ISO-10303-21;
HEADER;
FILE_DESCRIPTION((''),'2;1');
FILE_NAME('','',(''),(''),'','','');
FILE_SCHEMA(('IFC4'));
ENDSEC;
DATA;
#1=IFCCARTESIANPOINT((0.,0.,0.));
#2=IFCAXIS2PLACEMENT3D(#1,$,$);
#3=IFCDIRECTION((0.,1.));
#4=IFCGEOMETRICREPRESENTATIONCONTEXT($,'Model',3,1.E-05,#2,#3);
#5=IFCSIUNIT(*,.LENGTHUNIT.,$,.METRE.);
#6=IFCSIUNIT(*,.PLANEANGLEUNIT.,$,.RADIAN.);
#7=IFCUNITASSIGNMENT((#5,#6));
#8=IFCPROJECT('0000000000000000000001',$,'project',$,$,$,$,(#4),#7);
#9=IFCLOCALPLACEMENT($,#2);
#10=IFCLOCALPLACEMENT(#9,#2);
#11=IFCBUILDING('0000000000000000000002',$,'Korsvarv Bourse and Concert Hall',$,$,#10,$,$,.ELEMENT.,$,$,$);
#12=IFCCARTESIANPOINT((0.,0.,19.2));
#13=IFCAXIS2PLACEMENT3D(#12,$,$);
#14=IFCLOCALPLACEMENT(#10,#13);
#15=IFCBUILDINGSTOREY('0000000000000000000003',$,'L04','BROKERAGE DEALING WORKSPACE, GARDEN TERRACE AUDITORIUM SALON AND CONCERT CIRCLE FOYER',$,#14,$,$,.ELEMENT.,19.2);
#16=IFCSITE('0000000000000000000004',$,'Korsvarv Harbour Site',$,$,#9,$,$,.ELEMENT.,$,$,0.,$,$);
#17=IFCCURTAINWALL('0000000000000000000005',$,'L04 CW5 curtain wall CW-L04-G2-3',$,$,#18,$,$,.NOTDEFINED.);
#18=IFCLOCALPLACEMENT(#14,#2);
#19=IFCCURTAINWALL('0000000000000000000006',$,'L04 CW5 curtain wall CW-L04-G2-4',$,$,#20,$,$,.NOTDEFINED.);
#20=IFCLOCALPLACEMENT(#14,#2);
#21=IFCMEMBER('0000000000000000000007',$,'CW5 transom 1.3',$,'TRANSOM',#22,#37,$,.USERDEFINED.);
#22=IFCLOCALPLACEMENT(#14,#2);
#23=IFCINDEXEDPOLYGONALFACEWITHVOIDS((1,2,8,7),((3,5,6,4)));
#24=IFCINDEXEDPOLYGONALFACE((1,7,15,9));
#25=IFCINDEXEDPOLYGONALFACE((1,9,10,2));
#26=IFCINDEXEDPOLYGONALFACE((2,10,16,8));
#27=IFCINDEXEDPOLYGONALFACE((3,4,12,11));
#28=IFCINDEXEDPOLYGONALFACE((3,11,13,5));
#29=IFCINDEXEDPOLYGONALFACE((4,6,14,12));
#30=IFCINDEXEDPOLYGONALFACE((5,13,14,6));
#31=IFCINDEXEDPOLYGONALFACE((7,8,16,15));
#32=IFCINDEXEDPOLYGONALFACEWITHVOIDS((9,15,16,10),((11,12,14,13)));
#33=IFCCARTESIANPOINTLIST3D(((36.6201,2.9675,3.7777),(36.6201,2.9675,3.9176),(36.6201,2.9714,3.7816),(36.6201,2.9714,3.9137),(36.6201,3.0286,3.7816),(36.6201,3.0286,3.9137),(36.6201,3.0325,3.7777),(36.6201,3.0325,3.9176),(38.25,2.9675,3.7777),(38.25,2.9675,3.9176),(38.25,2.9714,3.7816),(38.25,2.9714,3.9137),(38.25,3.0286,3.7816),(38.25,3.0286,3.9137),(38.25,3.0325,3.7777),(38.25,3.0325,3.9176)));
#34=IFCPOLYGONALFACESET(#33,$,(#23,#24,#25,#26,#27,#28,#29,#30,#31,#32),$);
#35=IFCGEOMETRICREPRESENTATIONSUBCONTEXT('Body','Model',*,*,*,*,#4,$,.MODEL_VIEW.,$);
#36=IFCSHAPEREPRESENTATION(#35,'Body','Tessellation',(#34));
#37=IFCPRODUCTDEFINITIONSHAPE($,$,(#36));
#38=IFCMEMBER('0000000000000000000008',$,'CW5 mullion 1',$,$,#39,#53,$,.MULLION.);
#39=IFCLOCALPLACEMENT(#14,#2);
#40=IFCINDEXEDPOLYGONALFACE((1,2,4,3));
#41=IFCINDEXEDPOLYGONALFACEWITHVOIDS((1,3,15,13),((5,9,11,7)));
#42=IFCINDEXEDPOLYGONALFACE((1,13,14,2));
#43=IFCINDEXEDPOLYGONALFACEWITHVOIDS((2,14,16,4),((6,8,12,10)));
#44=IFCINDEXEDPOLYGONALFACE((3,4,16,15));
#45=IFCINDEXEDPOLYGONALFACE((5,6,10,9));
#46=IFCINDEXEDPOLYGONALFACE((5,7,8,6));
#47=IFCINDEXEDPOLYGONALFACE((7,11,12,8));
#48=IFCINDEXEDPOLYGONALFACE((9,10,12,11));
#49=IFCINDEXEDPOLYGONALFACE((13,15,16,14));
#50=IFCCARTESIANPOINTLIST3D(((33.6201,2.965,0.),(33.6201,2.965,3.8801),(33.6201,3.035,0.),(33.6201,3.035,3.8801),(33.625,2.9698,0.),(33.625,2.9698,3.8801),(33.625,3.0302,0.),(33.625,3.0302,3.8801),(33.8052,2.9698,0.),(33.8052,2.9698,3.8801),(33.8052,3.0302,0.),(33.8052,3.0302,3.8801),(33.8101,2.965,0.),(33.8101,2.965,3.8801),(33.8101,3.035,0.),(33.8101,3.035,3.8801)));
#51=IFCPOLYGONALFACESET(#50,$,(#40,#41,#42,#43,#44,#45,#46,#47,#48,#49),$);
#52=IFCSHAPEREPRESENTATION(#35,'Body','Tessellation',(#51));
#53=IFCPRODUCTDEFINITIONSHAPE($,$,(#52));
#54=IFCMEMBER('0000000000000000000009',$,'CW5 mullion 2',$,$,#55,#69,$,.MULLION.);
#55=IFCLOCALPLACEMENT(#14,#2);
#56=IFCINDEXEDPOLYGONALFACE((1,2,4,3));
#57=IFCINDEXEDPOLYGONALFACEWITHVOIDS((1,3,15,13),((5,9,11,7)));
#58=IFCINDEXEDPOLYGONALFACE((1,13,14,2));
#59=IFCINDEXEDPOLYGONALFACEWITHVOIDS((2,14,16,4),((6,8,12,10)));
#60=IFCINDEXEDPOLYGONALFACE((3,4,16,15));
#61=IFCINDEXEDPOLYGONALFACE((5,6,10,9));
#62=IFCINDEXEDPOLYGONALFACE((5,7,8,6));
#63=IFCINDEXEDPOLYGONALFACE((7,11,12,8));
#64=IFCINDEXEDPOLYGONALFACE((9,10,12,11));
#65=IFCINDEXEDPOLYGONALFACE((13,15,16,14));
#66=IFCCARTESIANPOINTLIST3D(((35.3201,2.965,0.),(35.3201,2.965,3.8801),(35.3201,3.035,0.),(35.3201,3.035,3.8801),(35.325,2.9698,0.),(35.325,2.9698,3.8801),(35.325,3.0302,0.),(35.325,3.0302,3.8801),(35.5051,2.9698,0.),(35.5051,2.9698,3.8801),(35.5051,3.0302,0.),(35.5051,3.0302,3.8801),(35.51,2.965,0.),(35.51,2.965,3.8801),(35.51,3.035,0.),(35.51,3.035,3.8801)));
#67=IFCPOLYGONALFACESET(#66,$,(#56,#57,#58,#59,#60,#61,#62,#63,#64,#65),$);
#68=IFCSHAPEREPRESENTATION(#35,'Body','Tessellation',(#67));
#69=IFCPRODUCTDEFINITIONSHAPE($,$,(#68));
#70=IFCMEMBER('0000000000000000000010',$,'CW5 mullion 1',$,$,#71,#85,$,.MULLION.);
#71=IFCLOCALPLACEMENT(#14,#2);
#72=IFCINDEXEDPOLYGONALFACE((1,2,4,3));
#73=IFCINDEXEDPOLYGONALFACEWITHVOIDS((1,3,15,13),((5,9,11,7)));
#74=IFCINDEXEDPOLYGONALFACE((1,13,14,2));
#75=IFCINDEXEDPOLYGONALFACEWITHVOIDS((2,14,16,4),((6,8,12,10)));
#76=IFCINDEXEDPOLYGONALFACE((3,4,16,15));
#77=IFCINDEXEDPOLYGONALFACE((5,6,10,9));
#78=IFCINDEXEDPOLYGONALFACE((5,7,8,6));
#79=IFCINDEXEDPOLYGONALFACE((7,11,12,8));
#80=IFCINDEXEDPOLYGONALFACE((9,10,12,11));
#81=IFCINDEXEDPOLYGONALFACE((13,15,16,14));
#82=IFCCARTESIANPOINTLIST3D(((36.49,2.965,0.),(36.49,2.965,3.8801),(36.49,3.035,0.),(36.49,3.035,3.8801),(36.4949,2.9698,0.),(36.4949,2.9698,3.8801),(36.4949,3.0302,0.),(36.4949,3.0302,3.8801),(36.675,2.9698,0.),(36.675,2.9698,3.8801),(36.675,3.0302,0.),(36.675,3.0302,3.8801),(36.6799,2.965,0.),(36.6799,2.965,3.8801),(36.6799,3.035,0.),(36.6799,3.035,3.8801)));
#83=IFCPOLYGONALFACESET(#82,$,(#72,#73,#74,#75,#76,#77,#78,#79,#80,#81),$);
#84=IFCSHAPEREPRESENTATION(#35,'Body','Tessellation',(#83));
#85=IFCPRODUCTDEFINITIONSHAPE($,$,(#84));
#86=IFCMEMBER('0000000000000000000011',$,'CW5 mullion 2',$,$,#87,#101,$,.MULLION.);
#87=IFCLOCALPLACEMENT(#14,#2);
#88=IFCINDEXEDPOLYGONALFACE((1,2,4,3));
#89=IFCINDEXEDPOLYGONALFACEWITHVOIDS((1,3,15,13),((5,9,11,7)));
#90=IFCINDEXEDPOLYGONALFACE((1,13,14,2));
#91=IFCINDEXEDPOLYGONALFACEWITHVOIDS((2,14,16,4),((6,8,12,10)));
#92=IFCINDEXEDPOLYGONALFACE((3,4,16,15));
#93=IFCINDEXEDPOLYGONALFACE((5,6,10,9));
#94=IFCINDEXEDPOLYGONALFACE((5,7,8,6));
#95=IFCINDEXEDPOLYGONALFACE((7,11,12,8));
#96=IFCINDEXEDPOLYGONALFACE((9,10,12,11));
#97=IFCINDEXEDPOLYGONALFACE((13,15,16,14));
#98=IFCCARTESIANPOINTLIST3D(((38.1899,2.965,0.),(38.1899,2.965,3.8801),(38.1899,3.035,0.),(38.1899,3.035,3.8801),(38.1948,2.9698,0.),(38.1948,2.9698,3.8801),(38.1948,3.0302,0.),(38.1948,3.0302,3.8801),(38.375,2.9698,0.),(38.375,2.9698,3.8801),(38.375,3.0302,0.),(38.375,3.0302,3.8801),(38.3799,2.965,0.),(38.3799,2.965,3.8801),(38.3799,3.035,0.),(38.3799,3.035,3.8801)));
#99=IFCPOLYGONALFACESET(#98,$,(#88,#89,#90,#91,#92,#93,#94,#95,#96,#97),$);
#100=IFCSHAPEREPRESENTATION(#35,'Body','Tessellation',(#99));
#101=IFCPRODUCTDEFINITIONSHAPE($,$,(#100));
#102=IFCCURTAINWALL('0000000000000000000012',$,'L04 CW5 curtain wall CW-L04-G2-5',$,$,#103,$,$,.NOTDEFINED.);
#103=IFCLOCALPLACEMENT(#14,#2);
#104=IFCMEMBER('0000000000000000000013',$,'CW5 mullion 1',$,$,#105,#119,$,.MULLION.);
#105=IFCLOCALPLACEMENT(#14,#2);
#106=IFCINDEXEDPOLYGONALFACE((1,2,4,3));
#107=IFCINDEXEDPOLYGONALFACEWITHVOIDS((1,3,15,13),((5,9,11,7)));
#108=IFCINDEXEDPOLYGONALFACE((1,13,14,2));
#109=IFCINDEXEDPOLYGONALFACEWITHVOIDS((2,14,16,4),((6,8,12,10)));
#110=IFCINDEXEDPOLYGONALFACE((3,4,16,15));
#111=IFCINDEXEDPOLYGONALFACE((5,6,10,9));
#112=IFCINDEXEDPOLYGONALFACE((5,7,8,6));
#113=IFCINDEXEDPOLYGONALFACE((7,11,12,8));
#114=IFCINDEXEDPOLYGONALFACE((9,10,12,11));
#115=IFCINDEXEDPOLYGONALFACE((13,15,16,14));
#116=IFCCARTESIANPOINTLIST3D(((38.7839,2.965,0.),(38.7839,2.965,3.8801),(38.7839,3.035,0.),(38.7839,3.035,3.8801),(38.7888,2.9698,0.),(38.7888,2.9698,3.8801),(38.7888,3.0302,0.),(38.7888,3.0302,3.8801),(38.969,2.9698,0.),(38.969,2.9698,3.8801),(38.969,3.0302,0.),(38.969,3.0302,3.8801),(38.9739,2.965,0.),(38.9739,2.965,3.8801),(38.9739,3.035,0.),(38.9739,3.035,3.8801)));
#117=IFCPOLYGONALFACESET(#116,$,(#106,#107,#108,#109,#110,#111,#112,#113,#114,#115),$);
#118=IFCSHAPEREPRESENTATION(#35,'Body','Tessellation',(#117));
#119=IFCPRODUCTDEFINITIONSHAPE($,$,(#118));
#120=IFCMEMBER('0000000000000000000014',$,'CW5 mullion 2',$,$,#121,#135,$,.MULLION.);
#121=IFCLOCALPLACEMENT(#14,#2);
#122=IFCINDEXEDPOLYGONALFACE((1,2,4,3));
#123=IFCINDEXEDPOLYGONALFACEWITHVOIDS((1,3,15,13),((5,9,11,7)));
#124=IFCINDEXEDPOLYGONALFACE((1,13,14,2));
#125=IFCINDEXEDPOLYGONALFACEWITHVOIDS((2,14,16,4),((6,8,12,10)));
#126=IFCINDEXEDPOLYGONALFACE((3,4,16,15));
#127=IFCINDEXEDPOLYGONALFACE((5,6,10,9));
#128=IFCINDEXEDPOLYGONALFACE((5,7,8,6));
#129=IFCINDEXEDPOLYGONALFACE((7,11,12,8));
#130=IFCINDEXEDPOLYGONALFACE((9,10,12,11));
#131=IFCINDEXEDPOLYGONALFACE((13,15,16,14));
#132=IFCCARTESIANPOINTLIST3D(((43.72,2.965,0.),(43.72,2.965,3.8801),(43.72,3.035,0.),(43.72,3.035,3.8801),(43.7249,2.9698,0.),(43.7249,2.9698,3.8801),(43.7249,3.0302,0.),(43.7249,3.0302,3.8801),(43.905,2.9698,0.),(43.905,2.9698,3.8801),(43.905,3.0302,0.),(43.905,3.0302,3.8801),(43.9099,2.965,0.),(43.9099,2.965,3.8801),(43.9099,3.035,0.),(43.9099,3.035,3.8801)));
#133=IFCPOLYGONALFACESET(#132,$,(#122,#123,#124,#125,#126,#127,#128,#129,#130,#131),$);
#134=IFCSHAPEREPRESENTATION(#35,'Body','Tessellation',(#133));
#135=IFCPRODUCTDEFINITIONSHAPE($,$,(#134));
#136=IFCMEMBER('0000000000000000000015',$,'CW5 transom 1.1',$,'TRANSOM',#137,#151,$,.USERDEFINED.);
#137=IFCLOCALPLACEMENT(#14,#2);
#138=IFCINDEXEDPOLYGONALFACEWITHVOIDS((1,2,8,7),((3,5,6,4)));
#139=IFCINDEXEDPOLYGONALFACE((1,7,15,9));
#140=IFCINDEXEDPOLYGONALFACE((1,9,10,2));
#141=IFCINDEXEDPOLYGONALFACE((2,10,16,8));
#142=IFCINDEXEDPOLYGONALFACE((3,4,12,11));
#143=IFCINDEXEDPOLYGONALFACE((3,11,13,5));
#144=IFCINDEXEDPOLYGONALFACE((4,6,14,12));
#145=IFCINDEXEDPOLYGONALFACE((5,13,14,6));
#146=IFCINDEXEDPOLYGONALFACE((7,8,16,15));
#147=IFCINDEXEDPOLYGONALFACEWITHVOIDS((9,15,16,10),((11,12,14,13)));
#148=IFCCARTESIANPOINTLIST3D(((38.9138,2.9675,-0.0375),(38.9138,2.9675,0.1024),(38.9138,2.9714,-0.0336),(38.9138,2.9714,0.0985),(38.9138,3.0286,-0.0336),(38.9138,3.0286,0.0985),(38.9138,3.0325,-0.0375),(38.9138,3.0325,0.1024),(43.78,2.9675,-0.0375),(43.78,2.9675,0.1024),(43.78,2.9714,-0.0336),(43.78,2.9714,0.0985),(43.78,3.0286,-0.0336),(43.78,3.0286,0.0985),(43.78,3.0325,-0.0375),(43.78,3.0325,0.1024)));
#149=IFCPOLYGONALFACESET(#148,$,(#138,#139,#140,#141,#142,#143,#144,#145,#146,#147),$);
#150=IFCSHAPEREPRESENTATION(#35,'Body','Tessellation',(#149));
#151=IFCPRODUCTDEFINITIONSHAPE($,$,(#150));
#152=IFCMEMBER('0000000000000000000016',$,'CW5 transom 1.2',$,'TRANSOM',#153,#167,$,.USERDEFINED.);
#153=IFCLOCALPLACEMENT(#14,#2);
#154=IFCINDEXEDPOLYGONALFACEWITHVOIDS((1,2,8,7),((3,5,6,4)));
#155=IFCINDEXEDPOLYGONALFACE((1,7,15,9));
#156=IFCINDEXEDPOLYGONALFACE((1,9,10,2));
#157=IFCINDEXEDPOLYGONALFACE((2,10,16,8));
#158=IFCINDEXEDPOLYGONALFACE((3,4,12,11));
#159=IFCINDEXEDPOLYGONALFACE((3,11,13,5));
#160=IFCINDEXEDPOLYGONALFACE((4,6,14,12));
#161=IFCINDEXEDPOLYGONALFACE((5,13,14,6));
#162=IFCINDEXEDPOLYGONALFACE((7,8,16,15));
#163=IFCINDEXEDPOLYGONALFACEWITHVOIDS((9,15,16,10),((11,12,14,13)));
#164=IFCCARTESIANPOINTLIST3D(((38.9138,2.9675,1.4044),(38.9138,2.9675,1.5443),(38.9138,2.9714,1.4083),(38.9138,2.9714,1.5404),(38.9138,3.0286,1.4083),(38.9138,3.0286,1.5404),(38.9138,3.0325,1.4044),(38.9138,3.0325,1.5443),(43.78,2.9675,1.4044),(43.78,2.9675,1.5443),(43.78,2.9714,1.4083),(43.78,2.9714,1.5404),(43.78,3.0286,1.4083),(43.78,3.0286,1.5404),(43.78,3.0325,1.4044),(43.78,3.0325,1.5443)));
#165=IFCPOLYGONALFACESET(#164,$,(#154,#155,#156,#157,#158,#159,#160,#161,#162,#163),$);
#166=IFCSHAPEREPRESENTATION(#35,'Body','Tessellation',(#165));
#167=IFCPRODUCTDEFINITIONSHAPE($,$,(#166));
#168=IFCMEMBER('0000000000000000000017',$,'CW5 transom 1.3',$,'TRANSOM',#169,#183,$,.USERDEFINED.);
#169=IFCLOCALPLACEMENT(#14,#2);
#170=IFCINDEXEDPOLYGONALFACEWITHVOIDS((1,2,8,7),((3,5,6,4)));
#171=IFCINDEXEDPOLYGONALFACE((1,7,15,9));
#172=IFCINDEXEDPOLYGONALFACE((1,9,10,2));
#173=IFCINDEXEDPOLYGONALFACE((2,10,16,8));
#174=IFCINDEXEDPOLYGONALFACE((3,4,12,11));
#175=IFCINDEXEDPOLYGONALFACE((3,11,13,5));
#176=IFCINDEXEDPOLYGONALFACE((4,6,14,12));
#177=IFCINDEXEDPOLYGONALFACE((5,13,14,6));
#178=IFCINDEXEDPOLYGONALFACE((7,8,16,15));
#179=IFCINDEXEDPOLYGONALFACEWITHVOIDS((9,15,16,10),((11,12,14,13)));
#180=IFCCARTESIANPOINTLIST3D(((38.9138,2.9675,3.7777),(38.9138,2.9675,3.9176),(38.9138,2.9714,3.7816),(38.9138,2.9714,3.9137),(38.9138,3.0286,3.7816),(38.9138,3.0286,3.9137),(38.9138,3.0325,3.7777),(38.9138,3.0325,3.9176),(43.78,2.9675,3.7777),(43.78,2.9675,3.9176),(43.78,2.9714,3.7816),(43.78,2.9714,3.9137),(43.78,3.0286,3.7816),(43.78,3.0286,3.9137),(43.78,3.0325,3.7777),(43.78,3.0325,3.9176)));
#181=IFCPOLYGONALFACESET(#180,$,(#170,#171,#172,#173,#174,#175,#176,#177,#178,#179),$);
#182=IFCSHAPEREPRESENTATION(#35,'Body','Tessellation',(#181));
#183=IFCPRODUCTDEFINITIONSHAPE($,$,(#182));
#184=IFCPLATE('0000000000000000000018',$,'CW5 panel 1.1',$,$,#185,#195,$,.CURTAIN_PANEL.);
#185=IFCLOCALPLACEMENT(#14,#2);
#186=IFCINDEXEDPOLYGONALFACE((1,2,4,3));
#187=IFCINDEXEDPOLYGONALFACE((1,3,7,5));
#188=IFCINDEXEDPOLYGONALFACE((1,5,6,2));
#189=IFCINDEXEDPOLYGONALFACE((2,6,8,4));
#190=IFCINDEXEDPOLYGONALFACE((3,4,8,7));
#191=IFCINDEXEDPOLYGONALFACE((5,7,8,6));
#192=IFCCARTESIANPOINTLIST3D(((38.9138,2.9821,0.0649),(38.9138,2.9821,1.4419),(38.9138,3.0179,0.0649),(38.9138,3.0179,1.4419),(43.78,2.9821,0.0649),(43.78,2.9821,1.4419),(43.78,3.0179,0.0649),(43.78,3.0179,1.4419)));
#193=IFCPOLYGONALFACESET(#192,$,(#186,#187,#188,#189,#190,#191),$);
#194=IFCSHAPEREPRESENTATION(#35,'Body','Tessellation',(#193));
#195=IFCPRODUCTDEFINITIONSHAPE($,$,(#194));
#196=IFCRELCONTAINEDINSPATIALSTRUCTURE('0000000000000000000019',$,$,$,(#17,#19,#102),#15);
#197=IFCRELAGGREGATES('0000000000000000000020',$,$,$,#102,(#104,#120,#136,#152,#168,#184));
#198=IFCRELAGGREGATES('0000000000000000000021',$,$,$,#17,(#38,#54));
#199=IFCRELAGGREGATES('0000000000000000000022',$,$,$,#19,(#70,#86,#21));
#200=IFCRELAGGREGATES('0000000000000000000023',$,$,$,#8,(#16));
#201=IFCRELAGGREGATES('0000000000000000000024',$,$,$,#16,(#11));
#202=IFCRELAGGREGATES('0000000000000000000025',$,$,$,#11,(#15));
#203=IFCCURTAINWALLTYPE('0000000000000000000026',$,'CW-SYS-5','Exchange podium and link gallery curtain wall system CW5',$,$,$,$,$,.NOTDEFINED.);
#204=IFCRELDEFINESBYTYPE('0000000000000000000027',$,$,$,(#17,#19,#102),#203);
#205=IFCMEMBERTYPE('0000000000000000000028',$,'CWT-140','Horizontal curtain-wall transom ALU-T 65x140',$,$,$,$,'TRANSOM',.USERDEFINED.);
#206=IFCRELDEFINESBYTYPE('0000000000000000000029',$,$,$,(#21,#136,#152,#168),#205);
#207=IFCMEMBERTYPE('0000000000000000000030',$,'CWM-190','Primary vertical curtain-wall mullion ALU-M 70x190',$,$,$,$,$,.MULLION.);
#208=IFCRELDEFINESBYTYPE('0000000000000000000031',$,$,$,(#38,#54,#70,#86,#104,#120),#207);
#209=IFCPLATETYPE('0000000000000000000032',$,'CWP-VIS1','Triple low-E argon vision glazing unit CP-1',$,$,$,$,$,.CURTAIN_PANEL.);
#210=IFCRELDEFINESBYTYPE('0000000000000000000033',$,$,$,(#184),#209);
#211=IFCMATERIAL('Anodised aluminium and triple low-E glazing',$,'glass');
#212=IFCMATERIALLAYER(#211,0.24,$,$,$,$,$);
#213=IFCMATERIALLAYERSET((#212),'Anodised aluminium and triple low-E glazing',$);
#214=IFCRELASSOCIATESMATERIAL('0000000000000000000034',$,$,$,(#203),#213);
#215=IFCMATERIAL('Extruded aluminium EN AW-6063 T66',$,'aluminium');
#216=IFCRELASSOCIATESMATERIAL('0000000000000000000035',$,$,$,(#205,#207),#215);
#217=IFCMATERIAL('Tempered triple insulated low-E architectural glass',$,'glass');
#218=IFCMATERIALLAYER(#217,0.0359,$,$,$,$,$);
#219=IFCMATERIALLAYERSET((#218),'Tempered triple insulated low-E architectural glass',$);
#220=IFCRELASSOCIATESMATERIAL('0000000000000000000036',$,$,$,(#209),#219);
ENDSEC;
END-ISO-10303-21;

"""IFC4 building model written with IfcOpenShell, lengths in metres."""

from ifc_helpers import new_model, si_unit, direction, frame, origin, origin_2d, place, context, subcontext, project, spatial, rectangle, hollow_rectangle, extrude, source, transform, mapped, material, layer, layer_set, material_profile, profile_set, type_object, element, aggregate, save


model = new_model("IFC4")

# Units and contexts
model_context = context("Model", 3, precision=1e-05, world=origin(), true_north=direction((0.0, 1.0)))
body_context = subcontext(model_context, "Body", "Model", "MODEL_VIEW")
ifc_project = project(units=[si_unit("LENGTHUNIT", "METRE"), si_unit("PLANEANGLEUNIT", "RADIAN")], contexts=[model_context])

# Site, building, storey
site_placement = place(None, origin())
site = spatial("IfcSite", under=ifc_project, at=site_placement, Name="Korsvarv Harbour Site", CompositionType="ELEMENT", RefElevation=0.0)
building_placement = place(site_placement, origin())
building = spatial("IfcBuilding", under=site, at=building_placement, Name="Korsvarv Bourse and Concert Hall", CompositionType="ELEMENT")
storey_placement = place(building_placement, frame((0.0, 0.0, 19.2)))
storey = spatial("IfcBuildingStorey", under=building, at=storey_placement, Name="L04", Description="BROKERAGE DEALING WORKSPACE, GARDEN TERRACE AUDITORIUM SALON AND CONCERT CIRCLE FOYER", CompositionType="ELEMENT", Elevation=19.2)

# Curtain walls, member
ifc_material_1 = material(Name="Anodised aluminium and triple low-E glazing", Category="glass")
ifc_layer_1 = layer(ifc_material_1, 0.24)
ifc_layer_set_1 = layer_set([ifc_layer_1], Name="Anodised aluminium and triple low-E glazing")
curtain_wall_type = type_object("IfcCurtainWallType", Name="CW-SYS-5", Description="Exchange podium and link gallery curtain wall system CW5", PredefinedType="NOTDEFINED", material=ifc_layer_set_1)
curtain_wall_1_placement = place(storey_placement, origin())
curtain_wall_1 = element("IfcCurtainWall", 1, at=curtain_wall_1_placement, inside=storey, type_object=curtain_wall_type, Name="L04 CW5 curtain wall CW-L04-G2-3", PredefinedType="NOTDEFINED")
ifc_material_2 = material(Name="Extruded aluminium EN AW-6063 T66", Category="aluminium")
ifc_material_profile_1 = material_profile(ifc_material_2, hollow_rectangle(XDim=0.0649, YDim=0.1399, WallThickness=0.0039, at=origin_2d()), Name="ALU-T 65x140")
ifc_profile_set_1 = profile_set([ifc_material_profile_1], Name="Extruded aluminium EN AW-6063 T66")
member_type_1 = type_object("IfcMemberType", Name="CWT-140", Description="Horizontal curtain-wall transom ALU-T 65x140", ElementType="TRANSOM", PredefinedType="USERDEFINED", material=ifc_profile_set_1)
shared_shape_1 = source(origin(), body_context, "Body", "SweptSolid", [
    extrude(hollow_rectangle(XDim=0.0649, YDim=0.1399, WallThickness=0.0039, at=origin_2d()), origin(), (0.0, 0.0, 1.0), 1.6299),
])
curtain_wall_2_placement = place(storey_placement, origin())
curtain_wall_2 = element("IfcCurtainWall", 2, at=curtain_wall_2_placement, inside=storey, type_object=curtain_wall_type, Name="L04 CW5 curtain wall CW-L04-G2-4", PredefinedType="NOTDEFINED")
member_1_placement = place(storey_placement, frame((36.6201, 3.0, 3.8477), z_axis=(1.0, 0.0, 0.0), x_axis=(0.0, 1.0, 0.0)))
member_1 = element("IfcMember", 3, at=member_1_placement, type_object=member_type_1, Name="CW5 transom 1.3", ObjectType="TRANSOM", PredefinedType="USERDEFINED", context=body_context, shape_type="MappedRepresentation", body=[
    mapped(shared_shape_1, transform((0.0, 0.0, 0.0), scale=1.0)),
])

# Members
ifc_material_profile_2 = material_profile(ifc_material_2, hollow_rectangle(XDim=0.0701, YDim=0.1899, WallThickness=0.0049, at=origin_2d()), Name="ALU-M 70x190")
ifc_profile_set_2 = profile_set([ifc_material_profile_2], Name="Extruded aluminium EN AW-6063 T66")
member_type_2 = type_object("IfcMemberType", Name="CWM-190", Description="Primary vertical curtain-wall mullion ALU-M 70x190", PredefinedType="MULLION", material=ifc_profile_set_2)
shared_shape_2 = source(origin(), body_context, "Body", "SweptSolid", [
    extrude(hollow_rectangle(XDim=0.0701, YDim=0.1899, WallThickness=0.0049, at=origin_2d()), origin(), (0.0, 0.0, 1.0), 3.8801),
])
member_2_placement = place(storey_placement, frame((33.7151, 3.0, 0.0), z_axis=(0.0, 0.0, 1.0), x_axis=(0.0, 1.0, 0.0)))
member_2 = element("IfcMember", 4, at=member_2_placement, type_object=member_type_2, Name="CW5 mullion 1", PredefinedType="MULLION", context=body_context, shape_type="MappedRepresentation", body=[
    mapped(shared_shape_2, transform((0.0, 0.0, 0.0), scale=1.0)),
])
member_3_placement = place(storey_placement, frame((35.415, 3.0, 0.0), z_axis=(0.0, 0.0, 1.0), x_axis=(0.0, 1.0, 0.0)))
member_3 = element("IfcMember", 5, at=member_3_placement, type_object=member_type_2, Name="CW5 mullion 2", PredefinedType="MULLION", context=body_context, shape_type="MappedRepresentation", body=[
    mapped(shared_shape_2, transform((0.0, 0.0, 0.0), scale=1.0)),
])
member_4_placement = place(storey_placement, frame((36.585, 3.0, 0.0), z_axis=(0.0, 0.0, 1.0), x_axis=(0.0, 1.0, 0.0)))
member_4 = element("IfcMember", 6, at=member_4_placement, type_object=member_type_2, Name="CW5 mullion 1", PredefinedType="MULLION", context=body_context, shape_type="MappedRepresentation", body=[
    mapped(shared_shape_2, transform((0.0, 0.0, 0.0), scale=1.0)),
])
member_5_placement = place(storey_placement, frame((38.2849, 3.0, 0.0), z_axis=(0.0, 0.0, 1.0), x_axis=(0.0, 1.0, 0.0)))
member_5 = element("IfcMember", 7, at=member_5_placement, type_object=member_type_2, Name="CW5 mullion 2", PredefinedType="MULLION", context=body_context, shape_type="MappedRepresentation", body=[
    mapped(shared_shape_2, transform((0.0, 0.0, 0.0), scale=1.0)),
])

# Curtain wall, members, plate
curtain_wall_3_placement = place(storey_placement, origin())
curtain_wall_3 = element("IfcCurtainWall", 8, at=curtain_wall_3_placement, inside=storey, type_object=curtain_wall_type, Name="L04 CW5 curtain wall CW-L04-G2-5", PredefinedType="NOTDEFINED")
member_6_placement = place(storey_placement, frame((38.8789, 3.0, 0.0), z_axis=(0.0, 0.0, 1.0), x_axis=(0.0, 1.0, 0.0)))
member_6 = element("IfcMember", 9, at=member_6_placement, type_object=member_type_2, Name="CW5 mullion 1", PredefinedType="MULLION", context=body_context, shape_type="MappedRepresentation", body=[
    mapped(shared_shape_2, transform((0.0, 0.0, 0.0), scale=1.0)),
])
member_7_placement = place(storey_placement, frame((43.8149, 3.0, 0.0), z_axis=(0.0, 0.0, 1.0), x_axis=(0.0, 1.0, 0.0)))
member_7 = element("IfcMember", 10, at=member_7_placement, type_object=member_type_2, Name="CW5 mullion 2", PredefinedType="MULLION", context=body_context, shape_type="MappedRepresentation", body=[
    mapped(shared_shape_2, transform((0.0, 0.0, 0.0), scale=1.0)),
])
shared_shape_3 = source(origin(), body_context, "Body", "SweptSolid", [
    extrude(hollow_rectangle(XDim=0.0649, YDim=0.1399, WallThickness=0.0039, at=origin_2d()), origin(), (0.0, 0.0, 1.0), 4.8662),
])
member_8_placement = place(storey_placement, frame((38.9138, 3.0, 0.0325), z_axis=(1.0, 0.0, 0.0), x_axis=(0.0, 1.0, 0.0)))
member_8 = element("IfcMember", 11, at=member_8_placement, type_object=member_type_1, Name="CW5 transom 1.1", ObjectType="TRANSOM", PredefinedType="USERDEFINED", context=body_context, shape_type="MappedRepresentation", body=[
    mapped(shared_shape_3, transform((0.0, 0.0, 0.0), scale=1.0)),
])
member_9_placement = place(storey_placement, frame((38.9138, 3.0, 1.4744), z_axis=(1.0, 0.0, 0.0), x_axis=(0.0, 1.0, 0.0)))
member_9 = element("IfcMember", 12, at=member_9_placement, type_object=member_type_1, Name="CW5 transom 1.2", ObjectType="TRANSOM", PredefinedType="USERDEFINED", context=body_context, shape_type="MappedRepresentation", body=[
    mapped(shared_shape_3, transform((0.0, 0.0, 0.0), scale=1.0)),
])
member_10_placement = place(storey_placement, frame((38.9138, 3.0, 3.8477), z_axis=(1.0, 0.0, 0.0), x_axis=(0.0, 1.0, 0.0)))
member_10 = element("IfcMember", 13, at=member_10_placement, type_object=member_type_1, Name="CW5 transom 1.3", ObjectType="TRANSOM", PredefinedType="USERDEFINED", context=body_context, shape_type="MappedRepresentation", body=[
    mapped(shared_shape_3, transform((0.0, 0.0, 0.0), scale=1.0)),
])
ifc_material_3 = material(Name="Tempered triple insulated low-E architectural glass", Category="glass")
ifc_layer_2 = layer(ifc_material_3, 0.0359)
ifc_layer_set_2 = layer_set([ifc_layer_2], Name="Tempered triple insulated low-E architectural glass")
plate_type = type_object("IfcPlateType", Name="CWP-VIS1", Description="Triple low-E argon vision glazing unit CP-1", PredefinedType="CURTAIN_PANEL", material=ifc_layer_set_2)
shared_shape_4 = source(origin(), body_context, "Body", "SweptSolid", [
    extrude(rectangle(XDim=4.8662, YDim=0.0359, at=origin_2d()), origin(), (0.0, 0.0, 1.0), 1.377),
])
plate_1_placement = place(storey_placement, frame((41.3469, 3.0, 0.0649), z_axis=(0.0, 0.0, 1.0), x_axis=(1.0, 0.0, 0.0)))
plate_1 = element("IfcPlate", 14, at=plate_1_placement, type_object=plate_type, Name="CW5 panel 1.1", PredefinedType="CURTAIN_PANEL", context=body_context, shape_type="MappedRepresentation", body=[
    mapped(shared_shape_4, transform((0.0, 0.0, 0.0), scale=1.0)),
])
aggregate(curtain_wall_3, [member_6, member_7, member_8, member_9, member_10, plate_1])

aggregate(curtain_wall_1, [member_2, member_3])
aggregate(curtain_wall_2, [member_4, member_5, member_1])

save(model, "model.ifc")
